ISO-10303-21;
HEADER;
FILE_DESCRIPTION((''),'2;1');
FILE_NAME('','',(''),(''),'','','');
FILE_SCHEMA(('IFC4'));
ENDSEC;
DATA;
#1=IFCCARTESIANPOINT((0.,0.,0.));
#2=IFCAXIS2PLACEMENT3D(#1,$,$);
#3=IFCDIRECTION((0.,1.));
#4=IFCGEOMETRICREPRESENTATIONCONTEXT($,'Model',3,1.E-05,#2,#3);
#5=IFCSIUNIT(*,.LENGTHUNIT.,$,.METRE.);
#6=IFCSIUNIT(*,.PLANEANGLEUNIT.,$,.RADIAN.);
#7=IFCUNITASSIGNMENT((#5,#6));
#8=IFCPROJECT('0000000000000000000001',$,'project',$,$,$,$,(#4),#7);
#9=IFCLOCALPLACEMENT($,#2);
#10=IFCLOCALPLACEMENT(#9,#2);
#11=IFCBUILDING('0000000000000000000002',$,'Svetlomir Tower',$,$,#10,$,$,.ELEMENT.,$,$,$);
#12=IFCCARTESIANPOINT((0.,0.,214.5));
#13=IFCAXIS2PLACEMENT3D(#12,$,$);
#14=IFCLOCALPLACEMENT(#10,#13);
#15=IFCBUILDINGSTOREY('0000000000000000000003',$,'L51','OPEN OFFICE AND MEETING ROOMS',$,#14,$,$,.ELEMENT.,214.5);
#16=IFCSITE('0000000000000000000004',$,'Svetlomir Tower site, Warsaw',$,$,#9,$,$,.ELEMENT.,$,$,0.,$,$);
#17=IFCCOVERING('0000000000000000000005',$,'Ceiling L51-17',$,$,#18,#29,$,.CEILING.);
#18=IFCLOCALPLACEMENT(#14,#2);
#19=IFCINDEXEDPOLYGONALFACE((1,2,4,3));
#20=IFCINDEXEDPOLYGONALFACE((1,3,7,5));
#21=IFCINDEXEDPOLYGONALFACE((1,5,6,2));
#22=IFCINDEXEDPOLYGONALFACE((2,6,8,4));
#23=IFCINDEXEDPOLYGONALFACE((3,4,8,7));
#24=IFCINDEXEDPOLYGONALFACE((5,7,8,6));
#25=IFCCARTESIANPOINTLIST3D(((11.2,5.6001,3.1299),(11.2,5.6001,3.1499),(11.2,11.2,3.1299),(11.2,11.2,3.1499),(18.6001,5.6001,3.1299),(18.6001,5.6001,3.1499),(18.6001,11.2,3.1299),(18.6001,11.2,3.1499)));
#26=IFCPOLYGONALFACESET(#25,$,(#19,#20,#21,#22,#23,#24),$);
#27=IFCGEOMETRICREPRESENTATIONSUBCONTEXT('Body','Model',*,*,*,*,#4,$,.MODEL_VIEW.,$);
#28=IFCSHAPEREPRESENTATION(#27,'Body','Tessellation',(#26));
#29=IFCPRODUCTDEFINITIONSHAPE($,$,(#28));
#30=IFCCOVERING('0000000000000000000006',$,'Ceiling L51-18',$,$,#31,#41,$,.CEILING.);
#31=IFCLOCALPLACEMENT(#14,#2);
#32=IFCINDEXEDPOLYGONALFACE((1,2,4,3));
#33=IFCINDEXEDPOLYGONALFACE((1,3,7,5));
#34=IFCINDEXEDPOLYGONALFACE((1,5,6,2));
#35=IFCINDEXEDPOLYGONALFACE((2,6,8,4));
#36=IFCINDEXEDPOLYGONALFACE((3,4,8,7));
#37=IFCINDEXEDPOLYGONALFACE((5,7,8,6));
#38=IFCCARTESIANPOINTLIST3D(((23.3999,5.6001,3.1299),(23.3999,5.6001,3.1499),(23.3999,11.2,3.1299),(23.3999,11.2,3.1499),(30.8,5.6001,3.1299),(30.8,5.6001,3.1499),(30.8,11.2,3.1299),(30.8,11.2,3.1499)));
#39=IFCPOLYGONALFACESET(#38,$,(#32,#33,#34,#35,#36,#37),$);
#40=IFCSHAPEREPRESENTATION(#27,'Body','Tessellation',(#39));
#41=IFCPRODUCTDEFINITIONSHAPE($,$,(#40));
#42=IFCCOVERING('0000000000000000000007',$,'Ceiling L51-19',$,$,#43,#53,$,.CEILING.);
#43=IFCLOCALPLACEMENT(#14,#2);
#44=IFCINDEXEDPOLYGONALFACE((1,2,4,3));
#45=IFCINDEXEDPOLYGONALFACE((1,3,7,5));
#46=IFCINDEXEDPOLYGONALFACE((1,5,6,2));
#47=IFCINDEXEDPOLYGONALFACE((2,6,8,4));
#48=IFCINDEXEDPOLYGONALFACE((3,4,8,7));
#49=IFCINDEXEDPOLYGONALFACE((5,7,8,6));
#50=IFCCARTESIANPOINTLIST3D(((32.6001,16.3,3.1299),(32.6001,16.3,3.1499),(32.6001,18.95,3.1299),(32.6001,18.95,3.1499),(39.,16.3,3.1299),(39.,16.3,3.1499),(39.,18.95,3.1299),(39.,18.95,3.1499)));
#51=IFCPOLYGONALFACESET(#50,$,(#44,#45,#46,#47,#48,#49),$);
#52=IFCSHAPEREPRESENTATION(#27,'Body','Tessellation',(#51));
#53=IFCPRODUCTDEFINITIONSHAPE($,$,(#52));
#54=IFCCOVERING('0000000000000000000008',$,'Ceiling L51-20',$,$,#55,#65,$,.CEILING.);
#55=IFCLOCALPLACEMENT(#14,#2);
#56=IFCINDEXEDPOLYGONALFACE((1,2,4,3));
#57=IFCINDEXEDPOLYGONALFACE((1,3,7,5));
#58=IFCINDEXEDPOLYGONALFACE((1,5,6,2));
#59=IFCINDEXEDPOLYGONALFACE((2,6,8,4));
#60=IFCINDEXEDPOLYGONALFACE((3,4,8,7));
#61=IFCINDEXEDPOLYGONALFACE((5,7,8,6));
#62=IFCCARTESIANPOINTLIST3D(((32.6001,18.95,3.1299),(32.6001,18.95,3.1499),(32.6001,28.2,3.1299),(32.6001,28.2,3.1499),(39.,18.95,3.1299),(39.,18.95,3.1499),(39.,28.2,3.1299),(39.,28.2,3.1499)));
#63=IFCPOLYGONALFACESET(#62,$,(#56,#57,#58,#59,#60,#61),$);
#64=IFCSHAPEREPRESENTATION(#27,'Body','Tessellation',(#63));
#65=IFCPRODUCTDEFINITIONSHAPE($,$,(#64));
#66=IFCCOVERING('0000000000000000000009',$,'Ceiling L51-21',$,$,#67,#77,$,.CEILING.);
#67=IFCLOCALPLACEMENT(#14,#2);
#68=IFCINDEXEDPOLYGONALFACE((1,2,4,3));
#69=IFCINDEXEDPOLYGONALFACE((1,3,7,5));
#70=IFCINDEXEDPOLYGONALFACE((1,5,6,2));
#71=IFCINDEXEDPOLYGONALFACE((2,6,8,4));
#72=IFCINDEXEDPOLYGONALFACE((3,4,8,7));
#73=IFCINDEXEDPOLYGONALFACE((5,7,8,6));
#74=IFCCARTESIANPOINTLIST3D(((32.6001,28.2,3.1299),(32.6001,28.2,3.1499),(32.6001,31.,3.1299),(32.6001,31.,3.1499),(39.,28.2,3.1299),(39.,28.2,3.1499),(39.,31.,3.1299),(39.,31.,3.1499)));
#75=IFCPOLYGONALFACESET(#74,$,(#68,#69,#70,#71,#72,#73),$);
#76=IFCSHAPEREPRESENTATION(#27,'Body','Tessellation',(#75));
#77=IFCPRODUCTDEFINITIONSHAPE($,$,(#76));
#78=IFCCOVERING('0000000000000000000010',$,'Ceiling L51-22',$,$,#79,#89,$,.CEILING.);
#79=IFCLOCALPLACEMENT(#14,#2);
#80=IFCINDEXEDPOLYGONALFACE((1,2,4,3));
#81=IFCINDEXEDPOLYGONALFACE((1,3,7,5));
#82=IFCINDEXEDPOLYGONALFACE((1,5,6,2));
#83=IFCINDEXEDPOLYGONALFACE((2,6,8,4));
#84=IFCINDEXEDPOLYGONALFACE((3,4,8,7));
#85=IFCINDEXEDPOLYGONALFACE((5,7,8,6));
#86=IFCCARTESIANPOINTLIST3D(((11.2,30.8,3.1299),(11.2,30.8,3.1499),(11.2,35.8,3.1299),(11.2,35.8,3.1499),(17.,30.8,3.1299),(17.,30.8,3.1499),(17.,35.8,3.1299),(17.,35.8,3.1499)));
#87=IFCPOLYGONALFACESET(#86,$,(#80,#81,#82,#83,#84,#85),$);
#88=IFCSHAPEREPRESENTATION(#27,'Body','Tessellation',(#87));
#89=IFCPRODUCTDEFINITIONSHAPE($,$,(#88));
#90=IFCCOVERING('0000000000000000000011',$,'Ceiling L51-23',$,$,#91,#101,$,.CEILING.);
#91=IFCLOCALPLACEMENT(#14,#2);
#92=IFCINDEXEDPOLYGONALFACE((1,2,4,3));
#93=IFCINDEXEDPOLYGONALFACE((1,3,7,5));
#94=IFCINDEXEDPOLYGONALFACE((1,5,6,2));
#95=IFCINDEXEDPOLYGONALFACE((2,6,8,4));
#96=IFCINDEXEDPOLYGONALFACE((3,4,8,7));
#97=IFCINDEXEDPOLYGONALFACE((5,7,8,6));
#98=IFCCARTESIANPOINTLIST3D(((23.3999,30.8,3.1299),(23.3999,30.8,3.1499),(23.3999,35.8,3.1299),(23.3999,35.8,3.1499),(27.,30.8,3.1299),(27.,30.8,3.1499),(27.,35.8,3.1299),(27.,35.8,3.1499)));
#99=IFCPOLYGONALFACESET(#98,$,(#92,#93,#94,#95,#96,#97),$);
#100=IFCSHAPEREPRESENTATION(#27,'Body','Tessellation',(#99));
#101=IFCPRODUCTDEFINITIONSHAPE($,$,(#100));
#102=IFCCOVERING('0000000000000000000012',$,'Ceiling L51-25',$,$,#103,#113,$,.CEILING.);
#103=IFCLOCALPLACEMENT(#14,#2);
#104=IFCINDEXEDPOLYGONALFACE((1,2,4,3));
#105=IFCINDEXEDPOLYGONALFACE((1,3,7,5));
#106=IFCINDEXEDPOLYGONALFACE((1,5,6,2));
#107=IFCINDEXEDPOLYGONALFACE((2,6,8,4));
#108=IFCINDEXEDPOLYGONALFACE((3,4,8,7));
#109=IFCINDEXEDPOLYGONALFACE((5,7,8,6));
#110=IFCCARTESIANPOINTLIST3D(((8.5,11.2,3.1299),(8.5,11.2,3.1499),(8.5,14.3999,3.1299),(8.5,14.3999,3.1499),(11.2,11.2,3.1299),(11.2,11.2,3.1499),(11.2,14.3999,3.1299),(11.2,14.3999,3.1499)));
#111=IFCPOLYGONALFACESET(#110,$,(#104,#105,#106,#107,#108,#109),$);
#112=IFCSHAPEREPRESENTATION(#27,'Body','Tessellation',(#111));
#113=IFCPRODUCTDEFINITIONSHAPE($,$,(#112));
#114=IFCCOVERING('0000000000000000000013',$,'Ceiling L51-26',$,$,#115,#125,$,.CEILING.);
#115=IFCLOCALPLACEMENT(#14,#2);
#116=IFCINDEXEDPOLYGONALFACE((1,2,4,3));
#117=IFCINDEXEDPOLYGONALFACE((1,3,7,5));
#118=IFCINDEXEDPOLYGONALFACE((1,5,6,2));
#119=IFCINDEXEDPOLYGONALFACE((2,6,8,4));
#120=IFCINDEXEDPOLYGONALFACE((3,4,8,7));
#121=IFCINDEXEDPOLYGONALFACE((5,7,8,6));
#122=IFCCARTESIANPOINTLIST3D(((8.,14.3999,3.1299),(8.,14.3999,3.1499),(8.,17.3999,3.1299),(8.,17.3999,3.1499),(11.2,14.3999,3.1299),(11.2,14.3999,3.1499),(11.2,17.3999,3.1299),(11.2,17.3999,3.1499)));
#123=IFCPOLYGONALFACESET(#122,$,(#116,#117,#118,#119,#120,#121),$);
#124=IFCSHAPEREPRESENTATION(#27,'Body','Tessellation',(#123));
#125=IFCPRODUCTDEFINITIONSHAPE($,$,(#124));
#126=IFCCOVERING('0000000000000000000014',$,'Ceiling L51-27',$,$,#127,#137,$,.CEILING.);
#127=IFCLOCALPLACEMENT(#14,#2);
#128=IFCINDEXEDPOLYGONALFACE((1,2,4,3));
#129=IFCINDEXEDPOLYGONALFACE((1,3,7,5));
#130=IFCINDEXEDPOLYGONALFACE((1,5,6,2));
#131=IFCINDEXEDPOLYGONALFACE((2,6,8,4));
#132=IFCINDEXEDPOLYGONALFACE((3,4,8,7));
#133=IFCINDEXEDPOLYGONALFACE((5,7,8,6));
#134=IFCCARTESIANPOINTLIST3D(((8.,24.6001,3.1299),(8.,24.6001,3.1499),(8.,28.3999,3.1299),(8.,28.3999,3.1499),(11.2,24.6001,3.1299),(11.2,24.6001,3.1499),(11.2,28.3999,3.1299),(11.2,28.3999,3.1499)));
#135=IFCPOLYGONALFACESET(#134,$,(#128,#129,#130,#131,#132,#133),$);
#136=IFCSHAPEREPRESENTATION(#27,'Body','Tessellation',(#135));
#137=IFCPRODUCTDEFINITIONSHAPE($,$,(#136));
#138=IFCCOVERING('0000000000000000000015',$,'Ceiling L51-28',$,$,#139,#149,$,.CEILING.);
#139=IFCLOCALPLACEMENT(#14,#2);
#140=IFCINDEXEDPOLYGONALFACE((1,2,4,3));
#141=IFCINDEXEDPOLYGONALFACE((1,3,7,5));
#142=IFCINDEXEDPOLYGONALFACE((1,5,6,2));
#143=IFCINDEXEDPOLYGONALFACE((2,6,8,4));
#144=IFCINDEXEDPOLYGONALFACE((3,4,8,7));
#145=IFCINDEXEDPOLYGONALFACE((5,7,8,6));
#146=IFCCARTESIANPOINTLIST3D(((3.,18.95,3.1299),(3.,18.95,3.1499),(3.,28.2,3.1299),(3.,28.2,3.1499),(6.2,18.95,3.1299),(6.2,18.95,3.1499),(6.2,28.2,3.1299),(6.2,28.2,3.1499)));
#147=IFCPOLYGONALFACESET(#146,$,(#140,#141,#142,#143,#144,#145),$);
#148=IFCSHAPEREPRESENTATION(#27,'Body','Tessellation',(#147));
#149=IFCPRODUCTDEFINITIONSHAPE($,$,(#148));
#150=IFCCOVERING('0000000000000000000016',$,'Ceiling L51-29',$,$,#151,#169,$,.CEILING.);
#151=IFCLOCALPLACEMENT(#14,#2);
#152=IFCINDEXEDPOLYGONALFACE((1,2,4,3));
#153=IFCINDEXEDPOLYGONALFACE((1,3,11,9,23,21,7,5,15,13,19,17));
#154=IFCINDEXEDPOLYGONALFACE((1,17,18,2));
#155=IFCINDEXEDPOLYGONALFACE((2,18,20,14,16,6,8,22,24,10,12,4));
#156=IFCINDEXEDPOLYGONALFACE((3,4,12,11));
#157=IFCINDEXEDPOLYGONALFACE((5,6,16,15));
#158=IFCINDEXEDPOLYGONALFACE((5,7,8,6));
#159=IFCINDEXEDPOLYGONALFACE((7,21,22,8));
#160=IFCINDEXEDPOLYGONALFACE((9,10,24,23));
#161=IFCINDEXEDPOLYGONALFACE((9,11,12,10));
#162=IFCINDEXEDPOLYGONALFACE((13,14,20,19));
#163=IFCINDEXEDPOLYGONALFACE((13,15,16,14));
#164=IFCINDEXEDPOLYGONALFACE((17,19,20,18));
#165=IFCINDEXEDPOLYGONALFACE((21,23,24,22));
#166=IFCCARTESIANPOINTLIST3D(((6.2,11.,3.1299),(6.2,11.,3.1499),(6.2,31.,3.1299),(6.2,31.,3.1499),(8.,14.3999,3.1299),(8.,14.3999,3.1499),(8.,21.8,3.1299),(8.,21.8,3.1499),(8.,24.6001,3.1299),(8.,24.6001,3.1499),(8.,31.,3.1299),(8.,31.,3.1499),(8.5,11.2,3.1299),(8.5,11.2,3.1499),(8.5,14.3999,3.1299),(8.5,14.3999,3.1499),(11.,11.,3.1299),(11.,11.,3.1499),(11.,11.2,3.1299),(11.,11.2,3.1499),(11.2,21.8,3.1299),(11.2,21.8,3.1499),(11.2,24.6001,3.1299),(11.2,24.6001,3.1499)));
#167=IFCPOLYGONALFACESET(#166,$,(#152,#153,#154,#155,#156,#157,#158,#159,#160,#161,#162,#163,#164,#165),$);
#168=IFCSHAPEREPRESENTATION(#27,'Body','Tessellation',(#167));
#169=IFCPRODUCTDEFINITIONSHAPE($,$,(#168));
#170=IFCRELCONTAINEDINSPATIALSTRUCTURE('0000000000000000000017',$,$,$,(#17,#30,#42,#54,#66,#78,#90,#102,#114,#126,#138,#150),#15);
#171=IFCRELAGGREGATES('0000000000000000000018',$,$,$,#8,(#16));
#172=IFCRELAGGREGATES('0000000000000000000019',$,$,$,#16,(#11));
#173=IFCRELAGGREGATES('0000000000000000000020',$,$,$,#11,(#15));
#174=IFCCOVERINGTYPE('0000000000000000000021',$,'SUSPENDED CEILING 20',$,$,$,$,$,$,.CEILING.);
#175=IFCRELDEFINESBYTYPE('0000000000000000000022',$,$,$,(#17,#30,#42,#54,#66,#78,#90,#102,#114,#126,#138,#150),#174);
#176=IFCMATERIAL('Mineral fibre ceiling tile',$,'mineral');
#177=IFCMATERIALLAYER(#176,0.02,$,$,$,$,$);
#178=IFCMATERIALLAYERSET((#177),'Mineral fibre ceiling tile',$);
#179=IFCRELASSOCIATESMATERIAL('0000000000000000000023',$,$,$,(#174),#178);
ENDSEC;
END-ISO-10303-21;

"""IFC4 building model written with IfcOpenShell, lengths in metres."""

from ifc_helpers import new_model, si_unit, direction, frame, origin, place, context, subcontext, project, spatial, polyline, outline, extrude, material, layer, layer_set, type_object, element, save


model = new_model("IFC4")

# Units and contexts
model_context = context("Model", 3, precision=1e-05, world=origin(), true_north=direction((0.0, 1.0)))
body_context = subcontext(model_context, "Body", "Model", "MODEL_VIEW")
ifc_project = project(units=[si_unit("LENGTHUNIT", "METRE"), si_unit("PLANEANGLEUNIT", "RADIAN")], contexts=[model_context])

# Site, building, storey
site_placement = place(None, origin())
site = spatial("IfcSite", under=ifc_project, at=site_placement, Name="Svetlomir Tower site, Warsaw", CompositionType="ELEMENT", RefElevation=0.0)
building_placement = place(site_placement, origin())
building = spatial("IfcBuilding", under=site, at=building_placement, Name="Svetlomir Tower", CompositionType="ELEMENT")
storey_placement = place(building_placement, frame((0.0, 0.0, 214.5)))
storey = spatial("IfcBuildingStorey", under=building, at=storey_placement, Name="L51", Description="OPEN OFFICE AND MEETING ROOMS", CompositionType="ELEMENT", Elevation=214.5)

# Coverings
ifc_material_1 = material(Name="Mineral fibre ceiling tile", Category="mineral")
ifc_layer_1 = layer(ifc_material_1, 0.02)
ifc_layer_set_1 = layer_set([ifc_layer_1], Name="Mineral fibre ceiling tile")
covering_type_1 = type_object("IfcCoveringType", Name="SUSPENDED CEILING 20", PredefinedType="CEILING", material=ifc_layer_set_1)
covering_1_placement = place(storey_placement, frame((0.0, 0.0, 3.1299)))
element("IfcCovering", 1, at=covering_1_placement, inside=storey, type_object=covering_type_1, Name="Ceiling L51-17", PredefinedType="CEILING", context=body_context, shape_type="SweptSolid", body=[
    extrude(outline(polyline([(11.2, 5.6001), (18.6001, 5.6001), (18.6001, 11.2), (11.2, 11.2), (11.2, 5.6001)])), origin(), (0.0, 0.0, 1.0), 0.02),
])
covering_2_placement = place(storey_placement, frame((0.0, 0.0, 3.1299)))
element("IfcCovering", 2, at=covering_2_placement, inside=storey, type_object=covering_type_1, Name="Ceiling L51-18", PredefinedType="CEILING", context=body_context, shape_type="SweptSolid", body=[
    extrude(outline(polyline([(23.3999, 5.6001), (30.8, 5.6001), (30.8, 11.2), (23.3999, 11.2), (23.3999, 5.6001)])), origin(), (0.0, 0.0, 1.0), 0.02),
])
covering_3_placement = place(storey_placement, frame((0.0, 0.0, 3.1299)))
element("IfcCovering", 3, at=covering_3_placement, inside=storey, type_object=covering_type_1, Name="Ceiling L51-19", PredefinedType="CEILING", context=body_context, shape_type="SweptSolid", body=[
    extrude(outline(polyline([(32.6001, 16.3), (39.0, 16.3), (39.0, 18.95), (32.6001, 18.95), (32.6001, 16.3)])), origin(), (0.0, 0.0, 1.0), 0.02),
])
covering_4_placement = place(storey_placement, frame((0.0, 0.0, 3.1299)))
element("IfcCovering", 4, at=covering_4_placement, inside=storey, type_object=covering_type_1, Name="Ceiling L51-20", PredefinedType="CEILING", context=body_context, shape_type="SweptSolid", body=[
    extrude(outline(polyline([(32.6001, 18.95), (39.0, 18.95), (39.0, 28.2), (32.6001, 28.2), (32.6001, 18.95)])), origin(), (0.0, 0.0, 1.0), 0.02),
])
covering_5_placement = place(storey_placement, frame((0.0, 0.0, 3.1299)))
element("IfcCovering", 5, at=covering_5_placement, inside=storey, type_object=covering_type_1, Name="Ceiling L51-21", PredefinedType="CEILING", context=body_context, shape_type="SweptSolid", body=[
    extrude(outline(polyline([(32.6001, 28.2), (39.0, 28.2), (39.0, 31.0), (32.6001, 31.0), (32.6001, 28.2)])), origin(), (0.0, 0.0, 1.0), 0.02),
])
covering_6_placement = place(storey_placement, frame((0.0, 0.0, 3.1299)))
element("IfcCovering", 6, at=covering_6_placement, inside=storey, type_object=covering_type_1, Name="Ceiling L51-22", PredefinedType="CEILING", context=body_context, shape_type="SweptSolid", body=[
    extrude(outline(polyline([(11.2, 30.8), (17.0, 30.8), (17.0, 35.8), (11.2, 35.8), (11.2, 30.8)])), origin(), (0.0, 0.0, 1.0), 0.02),
])
covering_7_placement = place(storey_placement, frame((0.0, 0.0, 3.1299)))
element("IfcCovering", 7, at=covering_7_placement, inside=storey, type_object=covering_type_1, Name="Ceiling L51-23", PredefinedType="CEILING", context=body_context, shape_type="SweptSolid", body=[
    extrude(outline(polyline([(23.3999, 30.8), (27.0, 30.8), (27.0, 35.8), (23.3999, 35.8), (23.3999, 30.8)])), origin(), (0.0, 0.0, 1.0), 0.02),
])
covering_8_placement = place(storey_placement, frame((0.0, 0.0, 3.1299)))
element("IfcCovering", 8, at=covering_8_placement, inside=storey, type_object=covering_type_1, Name="Ceiling L51-25", PredefinedType="CEILING", context=body_context, shape_type="SweptSolid", body=[
    extrude(outline(polyline([(8.5, 11.2), (11.2, 11.2), (11.2, 14.3999), (8.5, 14.3999), (8.5, 11.2)])), origin(), (0.0, 0.0, 1.0), 0.02),
])
covering_9_placement = place(storey_placement, frame((0.0, 0.0, 3.1299)))
element("IfcCovering", 9, at=covering_9_placement, inside=storey, type_object=covering_type_1, Name="Ceiling L51-26", PredefinedType="CEILING", context=body_context, shape_type="SweptSolid", body=[
    extrude(outline(polyline([(8.0, 14.3999), (11.2, 14.3999), (11.2, 17.3999), (8.0, 17.3999), (8.0, 14.3999)])), origin(), (0.0, 0.0, 1.0), 0.02),
])
covering_10_placement = place(storey_placement, frame((0.0, 0.0, 3.1299)))
element("IfcCovering", 10, at=covering_10_placement, inside=storey, type_object=covering_type_1, Name="Ceiling L51-27", PredefinedType="CEILING", context=body_context, shape_type="SweptSolid", body=[
    extrude(outline(polyline([(8.0, 24.6001), (11.2, 24.6001), (11.2, 28.3999), (8.0, 28.3999), (8.0, 24.6001)])), origin(), (0.0, 0.0, 1.0), 0.02),
])
covering_11_placement = place(storey_placement, frame((0.0, 0.0, 3.1299)))
element("IfcCovering", 11, at=covering_11_placement, inside=storey, type_object=covering_type_1, Name="Ceiling L51-28", PredefinedType="CEILING", context=body_context, shape_type="SweptSolid", body=[
    extrude(outline(polyline([(3.0, 18.95), (6.2, 18.95), (6.2, 28.2), (3.0, 28.2), (3.0, 18.95)])), origin(), (0.0, 0.0, 1.0), 0.02),
])
covering_12_placement = place(storey_placement, frame((0.0, 0.0, 3.1299)))
element("IfcCovering", 12, at=covering_12_placement, inside=storey, type_object=covering_type_1, Name="Ceiling L51-29", PredefinedType="CEILING", context=body_context, shape_type="SweptSolid", body=[
    extrude(outline(polyline([(6.2, 11.0), (6.2, 31.0), (8.0, 31.0), (8.0, 24.6001), (11.2, 24.6001), (11.2, 21.8), (8.0, 21.8), (8.0, 14.3999), (8.5, 14.3999), (8.5, 11.2), (11.0, 11.2), (11.0, 11.0), (6.2, 11.0)])), origin(), (0.0, 0.0, 1.0), 0.02),
])

save(model, "model.ifc")
